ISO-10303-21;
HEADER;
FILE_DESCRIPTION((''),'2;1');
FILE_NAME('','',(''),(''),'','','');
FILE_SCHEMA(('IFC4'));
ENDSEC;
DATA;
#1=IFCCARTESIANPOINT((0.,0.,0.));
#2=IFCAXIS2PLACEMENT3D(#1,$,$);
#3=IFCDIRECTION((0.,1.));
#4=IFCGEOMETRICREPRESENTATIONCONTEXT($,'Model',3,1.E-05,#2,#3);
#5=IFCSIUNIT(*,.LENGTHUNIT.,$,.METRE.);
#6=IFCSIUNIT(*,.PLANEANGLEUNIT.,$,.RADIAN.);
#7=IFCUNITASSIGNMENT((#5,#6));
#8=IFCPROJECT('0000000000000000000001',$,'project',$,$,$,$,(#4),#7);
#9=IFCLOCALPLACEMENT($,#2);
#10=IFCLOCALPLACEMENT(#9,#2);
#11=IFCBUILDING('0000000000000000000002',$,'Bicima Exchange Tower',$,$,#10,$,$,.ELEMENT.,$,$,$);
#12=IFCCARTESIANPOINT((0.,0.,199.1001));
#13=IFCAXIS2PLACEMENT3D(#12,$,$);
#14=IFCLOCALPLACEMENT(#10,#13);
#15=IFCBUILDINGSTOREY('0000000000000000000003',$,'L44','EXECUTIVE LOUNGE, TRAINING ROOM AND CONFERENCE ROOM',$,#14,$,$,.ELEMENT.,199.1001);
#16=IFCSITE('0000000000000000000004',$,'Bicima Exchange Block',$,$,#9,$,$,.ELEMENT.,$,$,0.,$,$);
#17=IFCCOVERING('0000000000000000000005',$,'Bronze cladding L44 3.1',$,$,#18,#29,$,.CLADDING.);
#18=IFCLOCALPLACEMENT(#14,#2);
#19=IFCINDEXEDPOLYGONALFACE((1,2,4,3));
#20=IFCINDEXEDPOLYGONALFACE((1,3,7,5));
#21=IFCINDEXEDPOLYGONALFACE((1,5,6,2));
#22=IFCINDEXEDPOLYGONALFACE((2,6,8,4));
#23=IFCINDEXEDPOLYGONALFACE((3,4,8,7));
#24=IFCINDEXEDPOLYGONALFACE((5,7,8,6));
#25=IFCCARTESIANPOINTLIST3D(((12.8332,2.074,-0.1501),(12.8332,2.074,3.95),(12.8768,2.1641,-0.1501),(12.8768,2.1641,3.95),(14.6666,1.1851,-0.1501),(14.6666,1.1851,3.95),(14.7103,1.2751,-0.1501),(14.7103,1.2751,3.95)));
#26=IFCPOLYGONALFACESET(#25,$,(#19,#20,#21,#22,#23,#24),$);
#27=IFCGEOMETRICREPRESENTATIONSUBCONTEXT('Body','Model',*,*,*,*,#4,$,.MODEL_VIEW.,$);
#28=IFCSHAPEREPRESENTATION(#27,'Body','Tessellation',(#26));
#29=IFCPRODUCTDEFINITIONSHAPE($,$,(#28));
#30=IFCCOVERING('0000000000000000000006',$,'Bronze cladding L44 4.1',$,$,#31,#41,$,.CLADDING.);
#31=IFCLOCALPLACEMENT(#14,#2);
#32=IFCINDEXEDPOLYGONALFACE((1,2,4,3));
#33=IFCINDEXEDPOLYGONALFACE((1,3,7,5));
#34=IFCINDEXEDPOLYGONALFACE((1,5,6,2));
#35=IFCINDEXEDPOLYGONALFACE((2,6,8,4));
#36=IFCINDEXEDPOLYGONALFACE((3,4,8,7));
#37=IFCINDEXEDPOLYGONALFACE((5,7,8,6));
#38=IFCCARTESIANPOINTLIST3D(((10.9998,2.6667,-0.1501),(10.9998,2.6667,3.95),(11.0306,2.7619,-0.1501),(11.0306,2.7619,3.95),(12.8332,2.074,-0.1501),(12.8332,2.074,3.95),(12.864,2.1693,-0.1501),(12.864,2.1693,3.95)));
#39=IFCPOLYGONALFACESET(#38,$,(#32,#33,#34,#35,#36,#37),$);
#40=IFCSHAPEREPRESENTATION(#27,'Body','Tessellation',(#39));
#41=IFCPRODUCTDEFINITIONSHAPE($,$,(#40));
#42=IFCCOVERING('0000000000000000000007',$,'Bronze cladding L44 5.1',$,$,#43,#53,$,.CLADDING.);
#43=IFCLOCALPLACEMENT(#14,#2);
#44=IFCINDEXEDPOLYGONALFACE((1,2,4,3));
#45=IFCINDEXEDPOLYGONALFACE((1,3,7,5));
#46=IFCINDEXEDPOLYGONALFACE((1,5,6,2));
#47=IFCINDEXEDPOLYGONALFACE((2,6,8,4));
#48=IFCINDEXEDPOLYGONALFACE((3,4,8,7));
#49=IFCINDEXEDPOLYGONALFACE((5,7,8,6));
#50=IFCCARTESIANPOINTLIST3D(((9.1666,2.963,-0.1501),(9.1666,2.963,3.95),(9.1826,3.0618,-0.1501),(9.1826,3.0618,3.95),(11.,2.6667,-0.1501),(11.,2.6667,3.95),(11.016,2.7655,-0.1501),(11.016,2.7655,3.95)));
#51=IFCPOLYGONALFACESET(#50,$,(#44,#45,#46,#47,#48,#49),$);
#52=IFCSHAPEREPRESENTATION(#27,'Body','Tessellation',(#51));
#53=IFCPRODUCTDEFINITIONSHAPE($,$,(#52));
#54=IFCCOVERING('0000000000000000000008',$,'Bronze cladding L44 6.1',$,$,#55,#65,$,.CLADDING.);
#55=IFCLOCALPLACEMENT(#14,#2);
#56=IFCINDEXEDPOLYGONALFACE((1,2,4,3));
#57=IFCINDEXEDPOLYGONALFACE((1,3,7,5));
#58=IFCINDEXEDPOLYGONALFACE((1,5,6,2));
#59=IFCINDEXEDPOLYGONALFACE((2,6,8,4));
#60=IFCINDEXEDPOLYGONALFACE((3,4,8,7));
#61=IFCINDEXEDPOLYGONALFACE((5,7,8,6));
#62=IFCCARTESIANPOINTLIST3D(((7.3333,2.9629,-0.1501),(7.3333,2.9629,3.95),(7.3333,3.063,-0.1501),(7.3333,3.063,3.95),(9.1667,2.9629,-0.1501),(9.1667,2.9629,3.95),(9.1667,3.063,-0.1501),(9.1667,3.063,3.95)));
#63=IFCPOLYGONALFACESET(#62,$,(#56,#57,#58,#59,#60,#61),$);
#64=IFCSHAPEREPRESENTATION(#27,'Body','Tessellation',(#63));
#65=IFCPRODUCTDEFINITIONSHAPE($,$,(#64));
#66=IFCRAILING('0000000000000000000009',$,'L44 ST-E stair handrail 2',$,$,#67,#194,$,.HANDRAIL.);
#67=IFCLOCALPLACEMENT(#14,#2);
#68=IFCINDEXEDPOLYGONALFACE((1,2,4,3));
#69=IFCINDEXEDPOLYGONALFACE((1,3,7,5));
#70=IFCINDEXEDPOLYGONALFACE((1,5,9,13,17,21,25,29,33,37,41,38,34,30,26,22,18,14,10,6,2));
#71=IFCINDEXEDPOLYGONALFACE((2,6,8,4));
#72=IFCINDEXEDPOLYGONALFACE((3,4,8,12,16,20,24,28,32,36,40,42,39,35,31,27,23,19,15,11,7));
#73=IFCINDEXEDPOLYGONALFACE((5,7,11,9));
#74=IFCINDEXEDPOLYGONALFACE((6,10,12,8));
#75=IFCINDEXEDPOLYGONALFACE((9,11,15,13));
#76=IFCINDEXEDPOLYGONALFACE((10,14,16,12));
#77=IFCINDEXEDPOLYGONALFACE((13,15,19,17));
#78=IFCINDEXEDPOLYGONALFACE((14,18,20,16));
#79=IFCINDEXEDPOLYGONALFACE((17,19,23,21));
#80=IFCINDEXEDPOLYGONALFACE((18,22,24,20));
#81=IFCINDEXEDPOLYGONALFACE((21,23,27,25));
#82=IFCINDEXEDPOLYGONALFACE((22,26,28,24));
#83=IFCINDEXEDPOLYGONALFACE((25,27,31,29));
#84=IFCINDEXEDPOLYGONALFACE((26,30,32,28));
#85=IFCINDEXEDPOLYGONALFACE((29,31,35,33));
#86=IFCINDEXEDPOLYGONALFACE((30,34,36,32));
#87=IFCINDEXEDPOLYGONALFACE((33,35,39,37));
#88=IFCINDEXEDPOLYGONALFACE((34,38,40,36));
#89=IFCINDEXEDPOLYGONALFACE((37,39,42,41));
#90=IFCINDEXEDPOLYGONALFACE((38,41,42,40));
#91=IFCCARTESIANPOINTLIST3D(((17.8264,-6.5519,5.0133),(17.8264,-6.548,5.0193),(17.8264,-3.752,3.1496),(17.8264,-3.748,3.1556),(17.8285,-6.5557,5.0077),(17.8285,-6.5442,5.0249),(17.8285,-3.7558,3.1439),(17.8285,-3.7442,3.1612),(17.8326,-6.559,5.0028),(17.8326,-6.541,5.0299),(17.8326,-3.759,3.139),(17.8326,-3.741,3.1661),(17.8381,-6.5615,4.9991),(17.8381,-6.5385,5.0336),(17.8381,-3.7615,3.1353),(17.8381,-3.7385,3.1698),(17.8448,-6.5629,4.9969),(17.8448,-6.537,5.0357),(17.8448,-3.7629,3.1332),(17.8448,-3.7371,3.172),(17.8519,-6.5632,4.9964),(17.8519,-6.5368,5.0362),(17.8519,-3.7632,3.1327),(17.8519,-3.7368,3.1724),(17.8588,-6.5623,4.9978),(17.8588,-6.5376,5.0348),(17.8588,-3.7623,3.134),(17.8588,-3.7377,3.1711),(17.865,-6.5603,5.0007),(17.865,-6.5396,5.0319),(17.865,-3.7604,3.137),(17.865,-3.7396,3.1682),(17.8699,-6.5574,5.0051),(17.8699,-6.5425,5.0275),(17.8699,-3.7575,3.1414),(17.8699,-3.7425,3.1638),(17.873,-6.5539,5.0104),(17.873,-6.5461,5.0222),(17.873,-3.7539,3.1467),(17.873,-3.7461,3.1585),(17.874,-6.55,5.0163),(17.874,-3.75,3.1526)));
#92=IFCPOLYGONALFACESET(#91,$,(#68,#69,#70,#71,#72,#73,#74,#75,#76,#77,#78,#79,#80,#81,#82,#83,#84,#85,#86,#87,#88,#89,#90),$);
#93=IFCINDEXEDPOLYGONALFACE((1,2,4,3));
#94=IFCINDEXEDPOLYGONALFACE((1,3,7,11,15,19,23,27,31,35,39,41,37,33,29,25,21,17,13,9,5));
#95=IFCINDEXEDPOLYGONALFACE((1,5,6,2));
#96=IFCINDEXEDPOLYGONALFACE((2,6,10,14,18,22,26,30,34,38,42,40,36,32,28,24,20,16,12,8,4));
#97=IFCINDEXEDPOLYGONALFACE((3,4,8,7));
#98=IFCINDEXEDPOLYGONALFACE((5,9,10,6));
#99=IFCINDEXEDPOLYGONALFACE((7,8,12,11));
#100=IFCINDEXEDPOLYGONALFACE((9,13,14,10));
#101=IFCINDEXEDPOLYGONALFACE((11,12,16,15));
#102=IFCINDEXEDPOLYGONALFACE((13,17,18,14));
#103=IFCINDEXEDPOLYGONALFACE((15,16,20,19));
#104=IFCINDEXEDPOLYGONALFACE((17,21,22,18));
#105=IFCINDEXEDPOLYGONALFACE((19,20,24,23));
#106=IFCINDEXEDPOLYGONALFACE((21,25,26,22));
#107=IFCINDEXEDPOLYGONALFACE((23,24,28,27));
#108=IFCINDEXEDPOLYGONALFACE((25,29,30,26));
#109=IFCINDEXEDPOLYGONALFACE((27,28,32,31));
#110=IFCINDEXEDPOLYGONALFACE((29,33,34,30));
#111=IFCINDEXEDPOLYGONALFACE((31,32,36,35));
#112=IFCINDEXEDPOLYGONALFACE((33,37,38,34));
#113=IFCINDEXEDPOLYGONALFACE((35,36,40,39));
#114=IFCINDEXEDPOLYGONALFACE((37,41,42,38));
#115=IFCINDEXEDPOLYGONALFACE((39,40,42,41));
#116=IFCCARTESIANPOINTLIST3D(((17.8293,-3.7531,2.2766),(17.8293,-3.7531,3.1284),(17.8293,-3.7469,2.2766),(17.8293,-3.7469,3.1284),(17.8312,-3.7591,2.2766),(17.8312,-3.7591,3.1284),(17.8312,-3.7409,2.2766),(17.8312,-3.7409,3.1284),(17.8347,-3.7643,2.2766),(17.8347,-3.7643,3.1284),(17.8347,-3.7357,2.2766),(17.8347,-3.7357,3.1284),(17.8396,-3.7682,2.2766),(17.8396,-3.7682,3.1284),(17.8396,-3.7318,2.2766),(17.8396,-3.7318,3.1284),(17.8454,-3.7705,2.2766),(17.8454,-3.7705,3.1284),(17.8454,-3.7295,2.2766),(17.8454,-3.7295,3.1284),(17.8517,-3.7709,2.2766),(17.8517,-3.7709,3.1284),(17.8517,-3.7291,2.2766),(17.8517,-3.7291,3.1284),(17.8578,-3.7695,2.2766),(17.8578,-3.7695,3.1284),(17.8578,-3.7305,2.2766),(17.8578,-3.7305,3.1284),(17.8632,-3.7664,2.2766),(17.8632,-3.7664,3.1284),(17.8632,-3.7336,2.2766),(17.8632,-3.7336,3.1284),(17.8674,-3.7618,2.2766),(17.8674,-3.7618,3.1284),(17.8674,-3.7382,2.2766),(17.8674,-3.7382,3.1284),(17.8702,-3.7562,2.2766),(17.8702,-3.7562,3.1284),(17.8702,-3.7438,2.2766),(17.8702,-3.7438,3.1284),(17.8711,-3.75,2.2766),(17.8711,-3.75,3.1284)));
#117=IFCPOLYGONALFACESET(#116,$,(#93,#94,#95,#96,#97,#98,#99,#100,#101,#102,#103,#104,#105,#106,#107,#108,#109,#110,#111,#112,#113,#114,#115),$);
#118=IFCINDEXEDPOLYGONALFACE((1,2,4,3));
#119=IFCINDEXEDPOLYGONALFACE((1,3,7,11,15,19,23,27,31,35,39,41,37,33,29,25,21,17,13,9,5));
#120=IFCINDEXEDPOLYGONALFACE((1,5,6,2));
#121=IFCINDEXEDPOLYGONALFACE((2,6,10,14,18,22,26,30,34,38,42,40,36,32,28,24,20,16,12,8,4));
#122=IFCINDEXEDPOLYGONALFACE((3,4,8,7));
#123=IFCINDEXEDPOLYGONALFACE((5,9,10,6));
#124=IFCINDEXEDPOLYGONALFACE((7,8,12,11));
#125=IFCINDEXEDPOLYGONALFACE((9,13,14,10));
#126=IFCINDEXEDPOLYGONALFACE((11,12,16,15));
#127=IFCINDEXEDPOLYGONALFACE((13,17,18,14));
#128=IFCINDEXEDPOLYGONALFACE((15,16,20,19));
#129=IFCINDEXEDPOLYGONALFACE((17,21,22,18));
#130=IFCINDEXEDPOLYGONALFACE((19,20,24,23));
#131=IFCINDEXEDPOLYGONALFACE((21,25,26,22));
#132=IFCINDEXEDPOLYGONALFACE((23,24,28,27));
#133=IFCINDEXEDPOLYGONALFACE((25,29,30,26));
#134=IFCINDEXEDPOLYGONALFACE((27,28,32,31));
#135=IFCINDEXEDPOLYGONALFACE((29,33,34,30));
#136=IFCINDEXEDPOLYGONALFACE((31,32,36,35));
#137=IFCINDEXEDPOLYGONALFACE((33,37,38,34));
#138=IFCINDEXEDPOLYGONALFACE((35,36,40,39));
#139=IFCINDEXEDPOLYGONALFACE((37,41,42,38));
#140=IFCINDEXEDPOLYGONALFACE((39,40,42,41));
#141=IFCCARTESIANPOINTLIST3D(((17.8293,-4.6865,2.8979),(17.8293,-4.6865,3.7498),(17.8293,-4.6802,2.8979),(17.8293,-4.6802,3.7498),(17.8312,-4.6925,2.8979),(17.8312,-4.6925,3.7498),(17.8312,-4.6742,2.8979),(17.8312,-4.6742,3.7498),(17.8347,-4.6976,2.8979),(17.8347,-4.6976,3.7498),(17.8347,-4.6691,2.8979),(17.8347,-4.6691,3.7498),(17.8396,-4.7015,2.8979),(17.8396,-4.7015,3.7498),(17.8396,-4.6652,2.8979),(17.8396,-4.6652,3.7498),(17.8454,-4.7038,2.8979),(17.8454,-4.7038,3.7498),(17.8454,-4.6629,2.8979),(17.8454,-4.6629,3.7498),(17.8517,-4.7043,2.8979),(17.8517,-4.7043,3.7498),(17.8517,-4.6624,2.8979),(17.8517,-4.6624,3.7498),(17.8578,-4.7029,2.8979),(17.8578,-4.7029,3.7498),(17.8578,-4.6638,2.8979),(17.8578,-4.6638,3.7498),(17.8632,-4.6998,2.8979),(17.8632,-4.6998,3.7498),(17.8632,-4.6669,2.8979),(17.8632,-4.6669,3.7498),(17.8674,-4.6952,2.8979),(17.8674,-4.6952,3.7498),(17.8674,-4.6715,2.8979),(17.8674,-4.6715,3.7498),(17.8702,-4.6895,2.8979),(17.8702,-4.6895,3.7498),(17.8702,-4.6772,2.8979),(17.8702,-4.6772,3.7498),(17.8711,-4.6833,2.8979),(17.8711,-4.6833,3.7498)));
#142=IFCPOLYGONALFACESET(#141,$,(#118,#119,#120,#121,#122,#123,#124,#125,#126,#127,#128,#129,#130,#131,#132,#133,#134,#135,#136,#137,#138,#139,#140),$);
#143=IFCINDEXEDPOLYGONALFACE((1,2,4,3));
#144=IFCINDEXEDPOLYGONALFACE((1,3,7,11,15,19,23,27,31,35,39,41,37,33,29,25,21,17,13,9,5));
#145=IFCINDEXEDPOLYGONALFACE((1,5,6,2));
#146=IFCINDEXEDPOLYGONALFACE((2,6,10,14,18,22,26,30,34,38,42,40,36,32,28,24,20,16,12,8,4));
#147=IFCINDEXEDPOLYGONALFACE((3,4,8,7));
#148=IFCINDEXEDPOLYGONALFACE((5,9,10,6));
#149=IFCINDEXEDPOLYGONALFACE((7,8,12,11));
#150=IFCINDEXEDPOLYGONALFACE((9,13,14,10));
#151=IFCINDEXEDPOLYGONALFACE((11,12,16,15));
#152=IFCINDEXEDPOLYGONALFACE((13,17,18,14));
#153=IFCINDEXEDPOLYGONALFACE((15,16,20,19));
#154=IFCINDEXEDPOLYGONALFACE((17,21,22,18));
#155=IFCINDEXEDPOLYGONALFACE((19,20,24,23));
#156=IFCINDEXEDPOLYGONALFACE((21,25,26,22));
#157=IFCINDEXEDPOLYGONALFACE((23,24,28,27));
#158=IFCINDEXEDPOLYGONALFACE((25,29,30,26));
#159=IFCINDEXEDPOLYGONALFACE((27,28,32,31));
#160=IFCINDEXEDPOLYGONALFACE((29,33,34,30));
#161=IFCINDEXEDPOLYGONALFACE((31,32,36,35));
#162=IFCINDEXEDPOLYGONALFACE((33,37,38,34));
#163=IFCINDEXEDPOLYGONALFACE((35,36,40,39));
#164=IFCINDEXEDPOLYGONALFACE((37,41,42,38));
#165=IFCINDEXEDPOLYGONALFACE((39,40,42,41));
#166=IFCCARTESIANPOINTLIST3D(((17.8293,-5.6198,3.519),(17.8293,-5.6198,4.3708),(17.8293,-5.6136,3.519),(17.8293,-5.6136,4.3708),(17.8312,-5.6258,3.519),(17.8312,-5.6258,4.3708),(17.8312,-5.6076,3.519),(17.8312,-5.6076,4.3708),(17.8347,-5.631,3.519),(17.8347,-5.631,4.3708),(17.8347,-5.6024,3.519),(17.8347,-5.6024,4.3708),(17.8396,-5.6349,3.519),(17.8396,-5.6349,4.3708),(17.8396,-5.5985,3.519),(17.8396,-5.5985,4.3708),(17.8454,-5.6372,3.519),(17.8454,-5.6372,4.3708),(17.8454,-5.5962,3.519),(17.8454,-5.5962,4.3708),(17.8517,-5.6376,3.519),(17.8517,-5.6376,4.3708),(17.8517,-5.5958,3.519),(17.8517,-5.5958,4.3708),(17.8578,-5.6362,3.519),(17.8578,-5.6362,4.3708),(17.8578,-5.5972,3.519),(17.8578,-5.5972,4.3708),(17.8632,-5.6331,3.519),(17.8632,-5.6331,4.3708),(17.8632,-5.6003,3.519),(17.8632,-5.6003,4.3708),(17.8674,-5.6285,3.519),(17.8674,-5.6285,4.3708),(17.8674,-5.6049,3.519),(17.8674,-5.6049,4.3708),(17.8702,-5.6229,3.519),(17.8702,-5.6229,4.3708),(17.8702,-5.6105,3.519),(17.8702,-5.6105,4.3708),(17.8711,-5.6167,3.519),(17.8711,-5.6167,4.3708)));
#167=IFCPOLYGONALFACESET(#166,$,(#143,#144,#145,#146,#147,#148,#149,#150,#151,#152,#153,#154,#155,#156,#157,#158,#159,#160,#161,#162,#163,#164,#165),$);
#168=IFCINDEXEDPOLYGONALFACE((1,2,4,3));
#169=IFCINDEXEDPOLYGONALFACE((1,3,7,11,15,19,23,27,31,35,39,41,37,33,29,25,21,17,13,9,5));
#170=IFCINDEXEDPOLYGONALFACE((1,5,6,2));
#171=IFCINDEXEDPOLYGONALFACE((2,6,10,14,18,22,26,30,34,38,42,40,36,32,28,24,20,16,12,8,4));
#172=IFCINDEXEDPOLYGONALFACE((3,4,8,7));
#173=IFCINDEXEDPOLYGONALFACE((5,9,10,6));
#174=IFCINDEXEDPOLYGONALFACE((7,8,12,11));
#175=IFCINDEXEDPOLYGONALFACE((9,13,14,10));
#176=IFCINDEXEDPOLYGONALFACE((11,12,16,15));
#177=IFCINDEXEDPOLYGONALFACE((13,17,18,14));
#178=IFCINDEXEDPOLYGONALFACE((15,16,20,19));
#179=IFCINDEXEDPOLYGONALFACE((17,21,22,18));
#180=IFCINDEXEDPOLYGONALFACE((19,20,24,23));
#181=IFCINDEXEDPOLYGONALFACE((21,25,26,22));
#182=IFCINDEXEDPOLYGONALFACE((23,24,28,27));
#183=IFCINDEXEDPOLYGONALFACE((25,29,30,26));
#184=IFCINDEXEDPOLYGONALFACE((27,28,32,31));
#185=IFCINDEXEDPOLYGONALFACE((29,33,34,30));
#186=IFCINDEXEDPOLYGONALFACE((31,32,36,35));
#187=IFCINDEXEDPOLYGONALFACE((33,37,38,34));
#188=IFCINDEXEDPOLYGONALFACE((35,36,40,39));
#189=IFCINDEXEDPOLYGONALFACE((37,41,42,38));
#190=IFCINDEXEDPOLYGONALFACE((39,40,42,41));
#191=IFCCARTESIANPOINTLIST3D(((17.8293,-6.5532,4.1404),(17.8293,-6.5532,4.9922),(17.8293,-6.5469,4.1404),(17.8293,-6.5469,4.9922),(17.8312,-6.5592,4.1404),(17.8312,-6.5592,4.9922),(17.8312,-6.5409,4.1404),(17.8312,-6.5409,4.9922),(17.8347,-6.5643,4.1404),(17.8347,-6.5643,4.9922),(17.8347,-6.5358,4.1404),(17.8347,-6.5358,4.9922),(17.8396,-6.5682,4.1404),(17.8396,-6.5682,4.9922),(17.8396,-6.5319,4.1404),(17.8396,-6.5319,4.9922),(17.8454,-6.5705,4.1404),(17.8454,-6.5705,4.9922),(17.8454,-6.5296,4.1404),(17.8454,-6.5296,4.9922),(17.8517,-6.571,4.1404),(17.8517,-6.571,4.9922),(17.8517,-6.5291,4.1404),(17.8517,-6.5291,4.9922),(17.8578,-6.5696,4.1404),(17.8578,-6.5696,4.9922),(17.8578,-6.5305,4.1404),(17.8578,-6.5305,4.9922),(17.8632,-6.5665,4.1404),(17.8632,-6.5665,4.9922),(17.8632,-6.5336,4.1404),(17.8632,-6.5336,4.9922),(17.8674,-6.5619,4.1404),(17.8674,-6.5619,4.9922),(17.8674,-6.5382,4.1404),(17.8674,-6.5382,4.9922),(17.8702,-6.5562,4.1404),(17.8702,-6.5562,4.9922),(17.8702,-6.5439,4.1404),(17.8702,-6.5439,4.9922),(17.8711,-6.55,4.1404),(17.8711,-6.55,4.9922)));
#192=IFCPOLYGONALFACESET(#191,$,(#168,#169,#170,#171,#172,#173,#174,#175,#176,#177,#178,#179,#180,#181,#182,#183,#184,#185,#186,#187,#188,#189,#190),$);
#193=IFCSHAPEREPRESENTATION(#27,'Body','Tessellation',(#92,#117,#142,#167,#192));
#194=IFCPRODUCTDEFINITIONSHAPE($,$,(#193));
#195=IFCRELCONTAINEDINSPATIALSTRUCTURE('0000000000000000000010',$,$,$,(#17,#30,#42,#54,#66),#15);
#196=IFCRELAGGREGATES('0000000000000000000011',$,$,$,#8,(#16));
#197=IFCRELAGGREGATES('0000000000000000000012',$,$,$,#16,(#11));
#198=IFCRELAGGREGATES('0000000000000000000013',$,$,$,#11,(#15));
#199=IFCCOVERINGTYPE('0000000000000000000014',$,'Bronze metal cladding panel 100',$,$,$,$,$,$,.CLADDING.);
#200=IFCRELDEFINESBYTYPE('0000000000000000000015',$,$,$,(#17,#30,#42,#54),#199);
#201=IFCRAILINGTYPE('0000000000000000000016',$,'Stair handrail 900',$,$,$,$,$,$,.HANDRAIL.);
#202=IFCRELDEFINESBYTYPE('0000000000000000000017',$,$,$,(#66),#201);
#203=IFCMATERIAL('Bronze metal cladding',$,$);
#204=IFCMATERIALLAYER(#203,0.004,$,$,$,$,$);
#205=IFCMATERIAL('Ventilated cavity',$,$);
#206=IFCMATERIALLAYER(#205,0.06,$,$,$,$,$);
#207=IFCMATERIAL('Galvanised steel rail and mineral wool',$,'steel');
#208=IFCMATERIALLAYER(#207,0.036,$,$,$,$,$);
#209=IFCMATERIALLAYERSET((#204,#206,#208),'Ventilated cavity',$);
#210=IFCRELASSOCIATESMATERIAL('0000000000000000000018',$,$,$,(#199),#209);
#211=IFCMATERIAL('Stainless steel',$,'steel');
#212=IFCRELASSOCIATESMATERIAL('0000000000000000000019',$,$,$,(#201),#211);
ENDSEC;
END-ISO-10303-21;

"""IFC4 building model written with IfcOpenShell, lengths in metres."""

from ifc_helpers import new_model, si_unit, direction, frame, origin, origin_2d, place, context, subcontext, project, spatial, rectangle, circle, extrude, material, layer, layer_set, type_object, element, save


model = new_model("IFC4")

# Units and contexts
model_context = context("Model", 3, precision=1e-05, world=origin(), true_north=direction((0.0, 1.0)))
body_context = subcontext(model_context, "Body", "Model", "MODEL_VIEW")
ifc_project = project(units=[si_unit("LENGTHUNIT", "METRE"), si_unit("PLANEANGLEUNIT", "RADIAN")], contexts=[model_context])

# Site, building, storey
site_placement = place(None, origin())
site = spatial("IfcSite", under=ifc_project, at=site_placement, Name="Bicima Exchange Block", CompositionType="ELEMENT", RefElevation=0.0)
building_placement = place(site_placement, origin())
building = spatial("IfcBuilding", under=site, at=building_placement, Name="Bicima Exchange Tower", CompositionType="ELEMENT")
storey_placement = place(building_placement, frame((0.0, 0.0, 199.1001)))
storey = spatial("IfcBuildingStorey", under=building, at=storey_placement, Name="L44", Description="EXECUTIVE LOUNGE, TRAINING ROOM AND CONFERENCE ROOM", CompositionType="ELEMENT", Elevation=199.1001)

# Shared definitions
ifc_material_1 = material(Name="Stainless steel", Category="steel")

# Coverings
ifc_material_2 = material(Name="Bronze metal cladding")
ifc_layer_1 = layer(ifc_material_2, 0.004)
ifc_material_3 = material(Name="Ventilated cavity")
ifc_layer_2 = layer(ifc_material_3, 0.06)
ifc_material_4 = material(Name="Galvanised steel rail and mineral wool", Category="steel")
ifc_layer_3 = layer(ifc_material_4, 0.036)
ifc_layer_set_1 = layer_set([ifc_layer_1, ifc_layer_2, ifc_layer_3], Name="Ventilated cavity")
covering_type = type_object("IfcCoveringType", Name="Bronze metal cladding panel 100", PredefinedType="CLADDING", material=ifc_layer_set_1)
covering_1_placement = place(storey_placement, frame((13.7717, 1.6746, -0.1501), z_axis=(0.0, 0.0, 1.0), x_axis=(-0.899818, 0.436265, 0.0)))
element("IfcCovering", 1, at=covering_1_placement, inside=storey, type_object=covering_type, Name="Bronze cladding L44 3.1", PredefinedType="CLADDING", context=body_context, shape_type="SweptSolid", body=[
    extrude(rectangle(XDim=2.0376, YDim=0.1001, at=origin_2d()), origin(), (0.0, 0.0, 1.0), 4.1001),
])
covering_2_placement = place(storey_placement, frame((11.9319, 2.418, -0.1501), z_axis=(0.0, 0.0, 1.0), x_axis=(-0.951525, 0.307573, 0.0)))
element("IfcCovering", 2, at=covering_2_placement, inside=storey, type_object=covering_type, Name="Bronze cladding L44 4.1", PredefinedType="CLADDING", context=body_context, shape_type="SweptSolid", body=[
    extrude(rectangle(XDim=1.9268, YDim=0.1001, at=origin_2d()), origin(), (0.0, 0.0, 1.0), 4.1001),
])
covering_3_placement = place(storey_placement, frame((10.0913, 2.8643, -0.1501), z_axis=(0.0, 0.0, 1.0), x_axis=(-0.98719, 0.15955, 0.0)))
element("IfcCovering", 3, at=covering_3_placement, inside=storey, type_object=covering_type, Name="Bronze cladding L44 5.1", PredefinedType="CLADDING", context=body_context, shape_type="SweptSolid", body=[
    extrude(rectangle(XDim=1.8572, YDim=0.1001, at=origin_2d()), origin(), (0.0, 0.0, 1.0), 4.1001),
])
covering_4_placement = place(storey_placement, frame((8.25, 3.0129, -0.1501), z_axis=(0.0, 0.0, 1.0), x_axis=(-1.0, 0.0, 0.0)))
element("IfcCovering", 4, at=covering_4_placement, inside=storey, type_object=covering_type, Name="Bronze cladding L44 6.1", PredefinedType="CLADDING", context=body_context, shape_type="SweptSolid", body=[
    extrude(rectangle(XDim=1.8335, YDim=0.1001, at=origin_2d()), origin(), (0.0, 0.0, 1.0), 4.1001),
])

# Railing
railing_type = type_object("IfcRailingType", Name="Stair handrail 900", PredefinedType="HANDRAIL", material=ifc_material_1)
railing_placement = place(storey_placement, frame((17.8501, -3.75, 2.2766)))
element("IfcRailing", 5, at=railing_placement, inside=storey, type_object=railing_type, Name="L44 ST-E stair handrail 2", PredefinedType="HANDRAIL", context=body_context, shape_type="SweptSolid", body=[
    extrude(circle(Radius=0.0239, at=origin_2d()), frame((0.0, 0.0, 0.876), z_axis=(0.0, -0.832452, 0.554097), x_axis=(1.0, 0.0, 0.0)), (0.0, 0.0, 1.0), 3.3635),
    extrude(circle(Radius=0.021, at=origin_2d()), origin(), (0.0, 0.0, 1.0), 0.8518),
    extrude(circle(Radius=0.021, at=origin_2d()), frame((0.0, -0.9333, 0.6213)), (0.0, 0.0, 1.0), 0.8518),
    extrude(circle(Radius=0.021, at=origin_2d()), frame((0.0, -1.8667, 1.2424)), (0.0, 0.0, 1.0), 0.8518),
    extrude(circle(Radius=0.021, at=origin_2d()), frame((0.0, -2.8, 1.8638)), (0.0, 0.0, 1.0), 0.8518),
])

save(model, "model.ifc")
